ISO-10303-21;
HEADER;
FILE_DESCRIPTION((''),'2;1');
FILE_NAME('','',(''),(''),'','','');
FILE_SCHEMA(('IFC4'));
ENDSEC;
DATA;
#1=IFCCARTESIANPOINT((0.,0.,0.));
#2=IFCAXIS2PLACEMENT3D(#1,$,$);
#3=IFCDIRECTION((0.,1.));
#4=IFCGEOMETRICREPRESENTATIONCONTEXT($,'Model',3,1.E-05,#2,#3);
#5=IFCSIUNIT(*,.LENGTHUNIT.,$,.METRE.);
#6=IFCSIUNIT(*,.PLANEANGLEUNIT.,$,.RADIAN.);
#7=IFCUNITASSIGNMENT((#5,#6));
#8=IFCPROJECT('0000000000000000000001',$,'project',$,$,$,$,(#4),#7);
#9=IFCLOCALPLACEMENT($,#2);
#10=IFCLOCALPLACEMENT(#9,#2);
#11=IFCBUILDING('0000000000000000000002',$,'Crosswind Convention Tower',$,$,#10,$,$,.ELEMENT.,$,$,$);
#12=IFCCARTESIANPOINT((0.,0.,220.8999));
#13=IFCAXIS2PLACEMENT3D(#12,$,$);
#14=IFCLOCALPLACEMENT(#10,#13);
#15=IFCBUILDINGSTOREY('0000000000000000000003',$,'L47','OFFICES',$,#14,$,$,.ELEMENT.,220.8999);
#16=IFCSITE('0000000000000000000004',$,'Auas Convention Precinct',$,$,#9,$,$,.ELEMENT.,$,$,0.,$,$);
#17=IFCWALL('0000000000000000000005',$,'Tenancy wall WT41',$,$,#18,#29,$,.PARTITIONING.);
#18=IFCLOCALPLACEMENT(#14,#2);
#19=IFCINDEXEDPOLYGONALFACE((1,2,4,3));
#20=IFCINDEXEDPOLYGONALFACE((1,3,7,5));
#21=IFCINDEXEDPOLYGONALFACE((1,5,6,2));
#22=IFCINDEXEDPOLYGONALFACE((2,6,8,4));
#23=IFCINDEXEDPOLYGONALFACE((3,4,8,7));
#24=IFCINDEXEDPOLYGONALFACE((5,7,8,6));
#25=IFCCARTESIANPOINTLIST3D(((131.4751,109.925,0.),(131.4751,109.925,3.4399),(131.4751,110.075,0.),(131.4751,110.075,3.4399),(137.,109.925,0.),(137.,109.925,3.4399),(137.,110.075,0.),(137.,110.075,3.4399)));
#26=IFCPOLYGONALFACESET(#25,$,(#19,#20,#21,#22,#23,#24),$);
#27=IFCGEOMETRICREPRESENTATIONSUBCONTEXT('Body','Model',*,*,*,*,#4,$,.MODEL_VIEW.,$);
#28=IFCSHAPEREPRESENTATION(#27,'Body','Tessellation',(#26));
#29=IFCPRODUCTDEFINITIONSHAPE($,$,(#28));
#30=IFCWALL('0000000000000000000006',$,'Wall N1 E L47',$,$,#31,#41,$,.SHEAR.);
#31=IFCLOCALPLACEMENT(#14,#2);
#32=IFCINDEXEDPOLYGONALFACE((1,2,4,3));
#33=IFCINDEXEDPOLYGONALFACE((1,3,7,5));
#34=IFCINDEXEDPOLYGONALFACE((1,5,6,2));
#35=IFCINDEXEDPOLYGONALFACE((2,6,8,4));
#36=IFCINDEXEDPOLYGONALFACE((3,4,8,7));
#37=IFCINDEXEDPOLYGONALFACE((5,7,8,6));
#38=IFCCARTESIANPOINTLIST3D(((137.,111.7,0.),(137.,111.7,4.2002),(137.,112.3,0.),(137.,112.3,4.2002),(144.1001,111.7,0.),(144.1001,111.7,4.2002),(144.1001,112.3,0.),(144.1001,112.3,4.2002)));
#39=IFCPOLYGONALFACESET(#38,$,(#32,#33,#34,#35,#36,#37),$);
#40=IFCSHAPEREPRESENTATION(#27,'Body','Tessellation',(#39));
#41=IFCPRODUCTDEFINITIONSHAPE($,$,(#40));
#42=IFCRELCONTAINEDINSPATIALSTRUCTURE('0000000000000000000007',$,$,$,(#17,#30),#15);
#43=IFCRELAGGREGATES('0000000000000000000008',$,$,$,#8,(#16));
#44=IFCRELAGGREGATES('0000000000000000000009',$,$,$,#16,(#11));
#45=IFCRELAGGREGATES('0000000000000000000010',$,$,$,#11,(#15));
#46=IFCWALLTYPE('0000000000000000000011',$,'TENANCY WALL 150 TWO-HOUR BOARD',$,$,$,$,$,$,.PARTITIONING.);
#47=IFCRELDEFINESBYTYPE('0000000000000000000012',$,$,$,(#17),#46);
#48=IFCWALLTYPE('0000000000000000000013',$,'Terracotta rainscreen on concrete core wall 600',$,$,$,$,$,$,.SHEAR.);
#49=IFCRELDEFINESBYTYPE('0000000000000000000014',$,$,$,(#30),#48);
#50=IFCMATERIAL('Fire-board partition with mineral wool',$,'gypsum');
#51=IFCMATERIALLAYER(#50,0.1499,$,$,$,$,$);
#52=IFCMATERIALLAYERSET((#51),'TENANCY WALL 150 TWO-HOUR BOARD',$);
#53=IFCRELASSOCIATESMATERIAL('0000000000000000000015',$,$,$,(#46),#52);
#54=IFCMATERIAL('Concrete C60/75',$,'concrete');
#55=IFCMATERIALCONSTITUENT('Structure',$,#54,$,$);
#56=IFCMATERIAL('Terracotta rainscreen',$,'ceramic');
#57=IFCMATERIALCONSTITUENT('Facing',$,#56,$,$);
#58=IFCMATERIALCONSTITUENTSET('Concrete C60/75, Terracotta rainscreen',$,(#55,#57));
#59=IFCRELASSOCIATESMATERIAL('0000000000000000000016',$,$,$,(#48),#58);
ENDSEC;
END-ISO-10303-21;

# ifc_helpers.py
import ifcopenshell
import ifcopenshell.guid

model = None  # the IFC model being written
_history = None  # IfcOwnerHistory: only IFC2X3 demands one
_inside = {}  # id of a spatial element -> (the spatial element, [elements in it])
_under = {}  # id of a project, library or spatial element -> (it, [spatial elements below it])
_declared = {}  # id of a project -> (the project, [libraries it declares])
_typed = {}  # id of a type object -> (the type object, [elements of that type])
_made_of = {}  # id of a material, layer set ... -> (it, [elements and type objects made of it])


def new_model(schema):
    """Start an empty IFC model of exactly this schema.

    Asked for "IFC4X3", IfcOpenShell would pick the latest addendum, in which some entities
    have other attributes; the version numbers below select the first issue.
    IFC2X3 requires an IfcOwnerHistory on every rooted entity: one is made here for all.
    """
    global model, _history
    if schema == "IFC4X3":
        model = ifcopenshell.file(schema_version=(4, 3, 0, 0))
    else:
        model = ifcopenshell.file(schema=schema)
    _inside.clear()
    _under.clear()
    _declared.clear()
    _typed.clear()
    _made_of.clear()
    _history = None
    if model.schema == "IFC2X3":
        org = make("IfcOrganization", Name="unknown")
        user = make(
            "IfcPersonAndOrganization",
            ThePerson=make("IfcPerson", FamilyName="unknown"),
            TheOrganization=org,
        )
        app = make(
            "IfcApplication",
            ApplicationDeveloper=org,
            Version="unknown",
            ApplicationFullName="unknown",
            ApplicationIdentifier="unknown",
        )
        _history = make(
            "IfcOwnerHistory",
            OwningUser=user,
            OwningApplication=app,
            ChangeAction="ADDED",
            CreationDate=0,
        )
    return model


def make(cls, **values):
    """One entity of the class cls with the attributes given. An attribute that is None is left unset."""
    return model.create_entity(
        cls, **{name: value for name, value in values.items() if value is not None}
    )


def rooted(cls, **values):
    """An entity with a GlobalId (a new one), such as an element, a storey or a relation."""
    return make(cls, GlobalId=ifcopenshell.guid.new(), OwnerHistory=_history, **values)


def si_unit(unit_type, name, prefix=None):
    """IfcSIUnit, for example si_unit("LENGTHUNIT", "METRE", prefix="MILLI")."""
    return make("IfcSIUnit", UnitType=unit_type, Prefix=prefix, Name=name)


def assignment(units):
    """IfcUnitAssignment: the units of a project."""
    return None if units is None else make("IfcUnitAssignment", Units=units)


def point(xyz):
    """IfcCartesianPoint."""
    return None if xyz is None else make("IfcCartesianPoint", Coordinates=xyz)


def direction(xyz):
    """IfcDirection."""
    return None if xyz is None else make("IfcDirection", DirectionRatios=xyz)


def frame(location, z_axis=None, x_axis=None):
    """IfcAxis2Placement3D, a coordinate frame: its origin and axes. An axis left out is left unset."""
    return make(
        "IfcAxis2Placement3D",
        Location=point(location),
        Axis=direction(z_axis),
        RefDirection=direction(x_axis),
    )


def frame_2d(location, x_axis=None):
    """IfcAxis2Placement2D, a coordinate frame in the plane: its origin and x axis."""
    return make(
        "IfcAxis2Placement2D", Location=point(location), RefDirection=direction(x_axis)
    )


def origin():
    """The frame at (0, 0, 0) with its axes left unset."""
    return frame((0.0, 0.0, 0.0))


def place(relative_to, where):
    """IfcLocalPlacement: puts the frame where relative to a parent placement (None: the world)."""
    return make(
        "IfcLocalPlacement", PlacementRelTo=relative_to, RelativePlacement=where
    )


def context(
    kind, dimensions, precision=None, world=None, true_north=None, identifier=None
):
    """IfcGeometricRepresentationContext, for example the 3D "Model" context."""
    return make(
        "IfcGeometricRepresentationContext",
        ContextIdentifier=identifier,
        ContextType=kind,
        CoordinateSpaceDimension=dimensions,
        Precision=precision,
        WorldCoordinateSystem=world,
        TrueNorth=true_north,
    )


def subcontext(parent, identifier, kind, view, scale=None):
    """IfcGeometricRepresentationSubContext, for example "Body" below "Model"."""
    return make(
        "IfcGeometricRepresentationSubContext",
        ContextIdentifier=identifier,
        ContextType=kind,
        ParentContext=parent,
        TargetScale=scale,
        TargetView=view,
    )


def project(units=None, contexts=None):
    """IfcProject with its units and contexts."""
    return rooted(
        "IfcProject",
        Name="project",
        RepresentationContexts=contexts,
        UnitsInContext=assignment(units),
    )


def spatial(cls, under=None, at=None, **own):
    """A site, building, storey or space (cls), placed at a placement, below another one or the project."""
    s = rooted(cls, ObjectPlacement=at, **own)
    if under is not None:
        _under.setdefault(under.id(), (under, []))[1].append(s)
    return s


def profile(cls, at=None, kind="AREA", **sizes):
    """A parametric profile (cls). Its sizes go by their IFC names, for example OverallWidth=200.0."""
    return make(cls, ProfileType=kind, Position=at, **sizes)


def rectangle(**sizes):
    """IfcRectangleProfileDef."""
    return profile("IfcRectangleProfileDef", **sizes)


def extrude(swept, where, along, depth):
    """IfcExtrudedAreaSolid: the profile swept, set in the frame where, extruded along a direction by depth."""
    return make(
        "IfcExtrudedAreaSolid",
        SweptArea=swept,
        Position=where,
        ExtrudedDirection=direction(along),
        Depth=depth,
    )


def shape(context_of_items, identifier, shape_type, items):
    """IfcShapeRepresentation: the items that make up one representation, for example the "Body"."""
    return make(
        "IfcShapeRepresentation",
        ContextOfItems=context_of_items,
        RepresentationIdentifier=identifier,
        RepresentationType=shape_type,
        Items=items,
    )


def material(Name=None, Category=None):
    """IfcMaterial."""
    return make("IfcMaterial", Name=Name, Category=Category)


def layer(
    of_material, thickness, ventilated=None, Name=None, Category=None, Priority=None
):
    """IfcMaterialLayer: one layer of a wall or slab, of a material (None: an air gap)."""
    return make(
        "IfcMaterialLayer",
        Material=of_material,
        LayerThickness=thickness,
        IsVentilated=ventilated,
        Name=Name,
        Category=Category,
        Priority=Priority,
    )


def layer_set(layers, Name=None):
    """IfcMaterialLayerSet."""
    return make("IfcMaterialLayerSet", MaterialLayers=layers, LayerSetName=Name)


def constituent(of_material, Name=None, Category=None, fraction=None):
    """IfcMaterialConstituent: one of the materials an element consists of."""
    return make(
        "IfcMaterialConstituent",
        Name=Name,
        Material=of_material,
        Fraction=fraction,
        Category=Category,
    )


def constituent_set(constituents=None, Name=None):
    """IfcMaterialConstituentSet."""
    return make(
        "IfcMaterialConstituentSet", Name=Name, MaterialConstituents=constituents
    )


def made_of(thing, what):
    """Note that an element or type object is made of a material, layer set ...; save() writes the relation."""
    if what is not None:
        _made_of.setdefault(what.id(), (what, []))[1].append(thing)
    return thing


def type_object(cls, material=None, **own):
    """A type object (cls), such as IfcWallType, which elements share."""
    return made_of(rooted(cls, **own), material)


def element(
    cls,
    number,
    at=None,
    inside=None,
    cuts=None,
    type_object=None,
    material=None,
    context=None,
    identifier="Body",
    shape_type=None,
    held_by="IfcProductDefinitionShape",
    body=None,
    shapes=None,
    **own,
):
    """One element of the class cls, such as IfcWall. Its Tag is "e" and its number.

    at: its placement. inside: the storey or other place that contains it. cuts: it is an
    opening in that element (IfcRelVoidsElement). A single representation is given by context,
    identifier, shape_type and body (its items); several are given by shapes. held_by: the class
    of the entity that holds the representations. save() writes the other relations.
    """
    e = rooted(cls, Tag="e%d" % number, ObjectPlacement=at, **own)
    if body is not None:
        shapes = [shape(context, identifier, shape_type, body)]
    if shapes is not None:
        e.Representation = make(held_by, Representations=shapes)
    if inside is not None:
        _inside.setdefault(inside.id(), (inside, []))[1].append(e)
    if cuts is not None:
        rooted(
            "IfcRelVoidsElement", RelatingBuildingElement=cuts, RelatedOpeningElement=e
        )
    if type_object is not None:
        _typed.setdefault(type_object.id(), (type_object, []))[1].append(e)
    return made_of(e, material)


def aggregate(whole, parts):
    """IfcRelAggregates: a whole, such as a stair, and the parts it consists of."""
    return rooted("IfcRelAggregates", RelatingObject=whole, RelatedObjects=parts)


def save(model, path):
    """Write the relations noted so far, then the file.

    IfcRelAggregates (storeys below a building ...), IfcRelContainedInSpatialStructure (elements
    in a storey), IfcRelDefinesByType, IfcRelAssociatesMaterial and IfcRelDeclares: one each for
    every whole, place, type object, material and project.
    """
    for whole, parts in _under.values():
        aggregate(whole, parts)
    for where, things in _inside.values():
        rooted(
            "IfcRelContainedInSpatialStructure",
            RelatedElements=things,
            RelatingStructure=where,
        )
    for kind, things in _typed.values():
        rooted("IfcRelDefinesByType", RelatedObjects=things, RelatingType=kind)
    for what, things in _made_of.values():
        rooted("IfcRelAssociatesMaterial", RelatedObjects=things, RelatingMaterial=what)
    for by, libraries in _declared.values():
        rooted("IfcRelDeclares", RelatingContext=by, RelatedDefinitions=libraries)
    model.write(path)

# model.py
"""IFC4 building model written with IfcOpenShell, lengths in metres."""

from ifc_helpers import new_model, si_unit, direction, frame, frame_2d, origin, place, context, subcontext, project, spatial, rectangle, extrude, material, layer, layer_set, constituent, constituent_set, type_object, element, save


model = new_model("IFC4")

# Units and contexts
model_context = context("Model", 3, precision=1e-05, world=origin(), true_north=direction((0.0, 1.0)))
body_context = subcontext(model_context, "Body", "Model", "MODEL_VIEW")
ifc_project = project(units=[si_unit("LENGTHUNIT", "METRE"), si_unit("PLANEANGLEUNIT", "RADIAN")], contexts=[model_context])

# Site, building, storey
site_placement = place(None, origin())
site = spatial("IfcSite", under=ifc_project, at=site_placement, Name="Auas Convention Precinct", CompositionType="ELEMENT", RefElevation=0.0)
building_placement = place(site_placement, origin())
building = spatial("IfcBuilding", under=site, at=building_placement, Name="Crosswind Convention Tower", CompositionType="ELEMENT")
storey_placement = place(building_placement, frame((0.0, 0.0, 220.8999)))
storey = spatial("IfcBuildingStorey", under=building, at=storey_placement, Name="L47", Description="OFFICES", CompositionType="ELEMENT", Elevation=220.8999)

# Shared definitions
ifc_material_1 = material(Name="Concrete C60/75", Category="concrete")

# Shared definitions
ifc_material_2 = material(Name="Fire-board partition with mineral wool", Category="gypsum")
ifc_layer_1 = layer(ifc_material_2, 0.1499)
ifc_layer_set_1 = layer_set([ifc_layer_1], Name="TENANCY WALL 150 TWO-HOUR BOARD")
wall_type_1 = type_object("IfcWallType", Name="TENANCY WALL 150 TWO-HOUR BOARD", PredefinedType="PARTITIONING", material=ifc_layer_set_1)

# Walls
for number, where, z_axis, x_axis, name in (
    (1, (131.4751, 110.0, 0.0), (0.0, 0.0, 1.0), (1.0, 0.0, 0.0), "Tenancy wall WT41"),
):
    element("IfcWall", number, at=place(storey_placement, frame(where, z_axis=z_axis, x_axis=x_axis)), inside=storey, type_object=wall_type_1, Name=name, PredefinedType="PARTITIONING", context=body_context, shape_type="SweptSolid", body=[
        extrude(rectangle(XDim=5.5249, YDim=0.1499, at=frame_2d((2.7625, 0.0))), origin(), (0.0, 0.0, 1.0), 3.4399),
    ])
ifc_constituent_1 = constituent(ifc_material_1, Name="Structure")
ifc_material_3 = material(Name="Terracotta rainscreen", Category="ceramic")
ifc_constituent_2 = constituent(ifc_material_3, Name="Facing")
ifc_constituent_set = constituent_set(constituents=[ifc_constituent_1, ifc_constituent_2], Name="Concrete C60/75, Terracotta rainscreen")
wall_type_2 = type_object("IfcWallType", Name="Terracotta rainscreen on concrete core wall 600", PredefinedType="SHEAR", material=ifc_constituent_set)
wall_1_placement = place(storey_placement, frame((137.0, 112.0, 0.0), z_axis=(0.0, 0.0, 1.0), x_axis=(1.0, 0.0, 0.0)))
element("IfcWall", 2, at=wall_1_placement, inside=storey, type_object=wall_type_2, Name="Wall N1 E L47", PredefinedType="SHEAR", context=body_context, shape_type="SweptSolid", body=[
    extrude(rectangle(XDim=7.1001, YDim=0.6001, at=frame_2d((3.55, 0.0))), origin(), (0.0, 0.0, 1.0), 4.2002),
])

save(model, "model.ifc")
